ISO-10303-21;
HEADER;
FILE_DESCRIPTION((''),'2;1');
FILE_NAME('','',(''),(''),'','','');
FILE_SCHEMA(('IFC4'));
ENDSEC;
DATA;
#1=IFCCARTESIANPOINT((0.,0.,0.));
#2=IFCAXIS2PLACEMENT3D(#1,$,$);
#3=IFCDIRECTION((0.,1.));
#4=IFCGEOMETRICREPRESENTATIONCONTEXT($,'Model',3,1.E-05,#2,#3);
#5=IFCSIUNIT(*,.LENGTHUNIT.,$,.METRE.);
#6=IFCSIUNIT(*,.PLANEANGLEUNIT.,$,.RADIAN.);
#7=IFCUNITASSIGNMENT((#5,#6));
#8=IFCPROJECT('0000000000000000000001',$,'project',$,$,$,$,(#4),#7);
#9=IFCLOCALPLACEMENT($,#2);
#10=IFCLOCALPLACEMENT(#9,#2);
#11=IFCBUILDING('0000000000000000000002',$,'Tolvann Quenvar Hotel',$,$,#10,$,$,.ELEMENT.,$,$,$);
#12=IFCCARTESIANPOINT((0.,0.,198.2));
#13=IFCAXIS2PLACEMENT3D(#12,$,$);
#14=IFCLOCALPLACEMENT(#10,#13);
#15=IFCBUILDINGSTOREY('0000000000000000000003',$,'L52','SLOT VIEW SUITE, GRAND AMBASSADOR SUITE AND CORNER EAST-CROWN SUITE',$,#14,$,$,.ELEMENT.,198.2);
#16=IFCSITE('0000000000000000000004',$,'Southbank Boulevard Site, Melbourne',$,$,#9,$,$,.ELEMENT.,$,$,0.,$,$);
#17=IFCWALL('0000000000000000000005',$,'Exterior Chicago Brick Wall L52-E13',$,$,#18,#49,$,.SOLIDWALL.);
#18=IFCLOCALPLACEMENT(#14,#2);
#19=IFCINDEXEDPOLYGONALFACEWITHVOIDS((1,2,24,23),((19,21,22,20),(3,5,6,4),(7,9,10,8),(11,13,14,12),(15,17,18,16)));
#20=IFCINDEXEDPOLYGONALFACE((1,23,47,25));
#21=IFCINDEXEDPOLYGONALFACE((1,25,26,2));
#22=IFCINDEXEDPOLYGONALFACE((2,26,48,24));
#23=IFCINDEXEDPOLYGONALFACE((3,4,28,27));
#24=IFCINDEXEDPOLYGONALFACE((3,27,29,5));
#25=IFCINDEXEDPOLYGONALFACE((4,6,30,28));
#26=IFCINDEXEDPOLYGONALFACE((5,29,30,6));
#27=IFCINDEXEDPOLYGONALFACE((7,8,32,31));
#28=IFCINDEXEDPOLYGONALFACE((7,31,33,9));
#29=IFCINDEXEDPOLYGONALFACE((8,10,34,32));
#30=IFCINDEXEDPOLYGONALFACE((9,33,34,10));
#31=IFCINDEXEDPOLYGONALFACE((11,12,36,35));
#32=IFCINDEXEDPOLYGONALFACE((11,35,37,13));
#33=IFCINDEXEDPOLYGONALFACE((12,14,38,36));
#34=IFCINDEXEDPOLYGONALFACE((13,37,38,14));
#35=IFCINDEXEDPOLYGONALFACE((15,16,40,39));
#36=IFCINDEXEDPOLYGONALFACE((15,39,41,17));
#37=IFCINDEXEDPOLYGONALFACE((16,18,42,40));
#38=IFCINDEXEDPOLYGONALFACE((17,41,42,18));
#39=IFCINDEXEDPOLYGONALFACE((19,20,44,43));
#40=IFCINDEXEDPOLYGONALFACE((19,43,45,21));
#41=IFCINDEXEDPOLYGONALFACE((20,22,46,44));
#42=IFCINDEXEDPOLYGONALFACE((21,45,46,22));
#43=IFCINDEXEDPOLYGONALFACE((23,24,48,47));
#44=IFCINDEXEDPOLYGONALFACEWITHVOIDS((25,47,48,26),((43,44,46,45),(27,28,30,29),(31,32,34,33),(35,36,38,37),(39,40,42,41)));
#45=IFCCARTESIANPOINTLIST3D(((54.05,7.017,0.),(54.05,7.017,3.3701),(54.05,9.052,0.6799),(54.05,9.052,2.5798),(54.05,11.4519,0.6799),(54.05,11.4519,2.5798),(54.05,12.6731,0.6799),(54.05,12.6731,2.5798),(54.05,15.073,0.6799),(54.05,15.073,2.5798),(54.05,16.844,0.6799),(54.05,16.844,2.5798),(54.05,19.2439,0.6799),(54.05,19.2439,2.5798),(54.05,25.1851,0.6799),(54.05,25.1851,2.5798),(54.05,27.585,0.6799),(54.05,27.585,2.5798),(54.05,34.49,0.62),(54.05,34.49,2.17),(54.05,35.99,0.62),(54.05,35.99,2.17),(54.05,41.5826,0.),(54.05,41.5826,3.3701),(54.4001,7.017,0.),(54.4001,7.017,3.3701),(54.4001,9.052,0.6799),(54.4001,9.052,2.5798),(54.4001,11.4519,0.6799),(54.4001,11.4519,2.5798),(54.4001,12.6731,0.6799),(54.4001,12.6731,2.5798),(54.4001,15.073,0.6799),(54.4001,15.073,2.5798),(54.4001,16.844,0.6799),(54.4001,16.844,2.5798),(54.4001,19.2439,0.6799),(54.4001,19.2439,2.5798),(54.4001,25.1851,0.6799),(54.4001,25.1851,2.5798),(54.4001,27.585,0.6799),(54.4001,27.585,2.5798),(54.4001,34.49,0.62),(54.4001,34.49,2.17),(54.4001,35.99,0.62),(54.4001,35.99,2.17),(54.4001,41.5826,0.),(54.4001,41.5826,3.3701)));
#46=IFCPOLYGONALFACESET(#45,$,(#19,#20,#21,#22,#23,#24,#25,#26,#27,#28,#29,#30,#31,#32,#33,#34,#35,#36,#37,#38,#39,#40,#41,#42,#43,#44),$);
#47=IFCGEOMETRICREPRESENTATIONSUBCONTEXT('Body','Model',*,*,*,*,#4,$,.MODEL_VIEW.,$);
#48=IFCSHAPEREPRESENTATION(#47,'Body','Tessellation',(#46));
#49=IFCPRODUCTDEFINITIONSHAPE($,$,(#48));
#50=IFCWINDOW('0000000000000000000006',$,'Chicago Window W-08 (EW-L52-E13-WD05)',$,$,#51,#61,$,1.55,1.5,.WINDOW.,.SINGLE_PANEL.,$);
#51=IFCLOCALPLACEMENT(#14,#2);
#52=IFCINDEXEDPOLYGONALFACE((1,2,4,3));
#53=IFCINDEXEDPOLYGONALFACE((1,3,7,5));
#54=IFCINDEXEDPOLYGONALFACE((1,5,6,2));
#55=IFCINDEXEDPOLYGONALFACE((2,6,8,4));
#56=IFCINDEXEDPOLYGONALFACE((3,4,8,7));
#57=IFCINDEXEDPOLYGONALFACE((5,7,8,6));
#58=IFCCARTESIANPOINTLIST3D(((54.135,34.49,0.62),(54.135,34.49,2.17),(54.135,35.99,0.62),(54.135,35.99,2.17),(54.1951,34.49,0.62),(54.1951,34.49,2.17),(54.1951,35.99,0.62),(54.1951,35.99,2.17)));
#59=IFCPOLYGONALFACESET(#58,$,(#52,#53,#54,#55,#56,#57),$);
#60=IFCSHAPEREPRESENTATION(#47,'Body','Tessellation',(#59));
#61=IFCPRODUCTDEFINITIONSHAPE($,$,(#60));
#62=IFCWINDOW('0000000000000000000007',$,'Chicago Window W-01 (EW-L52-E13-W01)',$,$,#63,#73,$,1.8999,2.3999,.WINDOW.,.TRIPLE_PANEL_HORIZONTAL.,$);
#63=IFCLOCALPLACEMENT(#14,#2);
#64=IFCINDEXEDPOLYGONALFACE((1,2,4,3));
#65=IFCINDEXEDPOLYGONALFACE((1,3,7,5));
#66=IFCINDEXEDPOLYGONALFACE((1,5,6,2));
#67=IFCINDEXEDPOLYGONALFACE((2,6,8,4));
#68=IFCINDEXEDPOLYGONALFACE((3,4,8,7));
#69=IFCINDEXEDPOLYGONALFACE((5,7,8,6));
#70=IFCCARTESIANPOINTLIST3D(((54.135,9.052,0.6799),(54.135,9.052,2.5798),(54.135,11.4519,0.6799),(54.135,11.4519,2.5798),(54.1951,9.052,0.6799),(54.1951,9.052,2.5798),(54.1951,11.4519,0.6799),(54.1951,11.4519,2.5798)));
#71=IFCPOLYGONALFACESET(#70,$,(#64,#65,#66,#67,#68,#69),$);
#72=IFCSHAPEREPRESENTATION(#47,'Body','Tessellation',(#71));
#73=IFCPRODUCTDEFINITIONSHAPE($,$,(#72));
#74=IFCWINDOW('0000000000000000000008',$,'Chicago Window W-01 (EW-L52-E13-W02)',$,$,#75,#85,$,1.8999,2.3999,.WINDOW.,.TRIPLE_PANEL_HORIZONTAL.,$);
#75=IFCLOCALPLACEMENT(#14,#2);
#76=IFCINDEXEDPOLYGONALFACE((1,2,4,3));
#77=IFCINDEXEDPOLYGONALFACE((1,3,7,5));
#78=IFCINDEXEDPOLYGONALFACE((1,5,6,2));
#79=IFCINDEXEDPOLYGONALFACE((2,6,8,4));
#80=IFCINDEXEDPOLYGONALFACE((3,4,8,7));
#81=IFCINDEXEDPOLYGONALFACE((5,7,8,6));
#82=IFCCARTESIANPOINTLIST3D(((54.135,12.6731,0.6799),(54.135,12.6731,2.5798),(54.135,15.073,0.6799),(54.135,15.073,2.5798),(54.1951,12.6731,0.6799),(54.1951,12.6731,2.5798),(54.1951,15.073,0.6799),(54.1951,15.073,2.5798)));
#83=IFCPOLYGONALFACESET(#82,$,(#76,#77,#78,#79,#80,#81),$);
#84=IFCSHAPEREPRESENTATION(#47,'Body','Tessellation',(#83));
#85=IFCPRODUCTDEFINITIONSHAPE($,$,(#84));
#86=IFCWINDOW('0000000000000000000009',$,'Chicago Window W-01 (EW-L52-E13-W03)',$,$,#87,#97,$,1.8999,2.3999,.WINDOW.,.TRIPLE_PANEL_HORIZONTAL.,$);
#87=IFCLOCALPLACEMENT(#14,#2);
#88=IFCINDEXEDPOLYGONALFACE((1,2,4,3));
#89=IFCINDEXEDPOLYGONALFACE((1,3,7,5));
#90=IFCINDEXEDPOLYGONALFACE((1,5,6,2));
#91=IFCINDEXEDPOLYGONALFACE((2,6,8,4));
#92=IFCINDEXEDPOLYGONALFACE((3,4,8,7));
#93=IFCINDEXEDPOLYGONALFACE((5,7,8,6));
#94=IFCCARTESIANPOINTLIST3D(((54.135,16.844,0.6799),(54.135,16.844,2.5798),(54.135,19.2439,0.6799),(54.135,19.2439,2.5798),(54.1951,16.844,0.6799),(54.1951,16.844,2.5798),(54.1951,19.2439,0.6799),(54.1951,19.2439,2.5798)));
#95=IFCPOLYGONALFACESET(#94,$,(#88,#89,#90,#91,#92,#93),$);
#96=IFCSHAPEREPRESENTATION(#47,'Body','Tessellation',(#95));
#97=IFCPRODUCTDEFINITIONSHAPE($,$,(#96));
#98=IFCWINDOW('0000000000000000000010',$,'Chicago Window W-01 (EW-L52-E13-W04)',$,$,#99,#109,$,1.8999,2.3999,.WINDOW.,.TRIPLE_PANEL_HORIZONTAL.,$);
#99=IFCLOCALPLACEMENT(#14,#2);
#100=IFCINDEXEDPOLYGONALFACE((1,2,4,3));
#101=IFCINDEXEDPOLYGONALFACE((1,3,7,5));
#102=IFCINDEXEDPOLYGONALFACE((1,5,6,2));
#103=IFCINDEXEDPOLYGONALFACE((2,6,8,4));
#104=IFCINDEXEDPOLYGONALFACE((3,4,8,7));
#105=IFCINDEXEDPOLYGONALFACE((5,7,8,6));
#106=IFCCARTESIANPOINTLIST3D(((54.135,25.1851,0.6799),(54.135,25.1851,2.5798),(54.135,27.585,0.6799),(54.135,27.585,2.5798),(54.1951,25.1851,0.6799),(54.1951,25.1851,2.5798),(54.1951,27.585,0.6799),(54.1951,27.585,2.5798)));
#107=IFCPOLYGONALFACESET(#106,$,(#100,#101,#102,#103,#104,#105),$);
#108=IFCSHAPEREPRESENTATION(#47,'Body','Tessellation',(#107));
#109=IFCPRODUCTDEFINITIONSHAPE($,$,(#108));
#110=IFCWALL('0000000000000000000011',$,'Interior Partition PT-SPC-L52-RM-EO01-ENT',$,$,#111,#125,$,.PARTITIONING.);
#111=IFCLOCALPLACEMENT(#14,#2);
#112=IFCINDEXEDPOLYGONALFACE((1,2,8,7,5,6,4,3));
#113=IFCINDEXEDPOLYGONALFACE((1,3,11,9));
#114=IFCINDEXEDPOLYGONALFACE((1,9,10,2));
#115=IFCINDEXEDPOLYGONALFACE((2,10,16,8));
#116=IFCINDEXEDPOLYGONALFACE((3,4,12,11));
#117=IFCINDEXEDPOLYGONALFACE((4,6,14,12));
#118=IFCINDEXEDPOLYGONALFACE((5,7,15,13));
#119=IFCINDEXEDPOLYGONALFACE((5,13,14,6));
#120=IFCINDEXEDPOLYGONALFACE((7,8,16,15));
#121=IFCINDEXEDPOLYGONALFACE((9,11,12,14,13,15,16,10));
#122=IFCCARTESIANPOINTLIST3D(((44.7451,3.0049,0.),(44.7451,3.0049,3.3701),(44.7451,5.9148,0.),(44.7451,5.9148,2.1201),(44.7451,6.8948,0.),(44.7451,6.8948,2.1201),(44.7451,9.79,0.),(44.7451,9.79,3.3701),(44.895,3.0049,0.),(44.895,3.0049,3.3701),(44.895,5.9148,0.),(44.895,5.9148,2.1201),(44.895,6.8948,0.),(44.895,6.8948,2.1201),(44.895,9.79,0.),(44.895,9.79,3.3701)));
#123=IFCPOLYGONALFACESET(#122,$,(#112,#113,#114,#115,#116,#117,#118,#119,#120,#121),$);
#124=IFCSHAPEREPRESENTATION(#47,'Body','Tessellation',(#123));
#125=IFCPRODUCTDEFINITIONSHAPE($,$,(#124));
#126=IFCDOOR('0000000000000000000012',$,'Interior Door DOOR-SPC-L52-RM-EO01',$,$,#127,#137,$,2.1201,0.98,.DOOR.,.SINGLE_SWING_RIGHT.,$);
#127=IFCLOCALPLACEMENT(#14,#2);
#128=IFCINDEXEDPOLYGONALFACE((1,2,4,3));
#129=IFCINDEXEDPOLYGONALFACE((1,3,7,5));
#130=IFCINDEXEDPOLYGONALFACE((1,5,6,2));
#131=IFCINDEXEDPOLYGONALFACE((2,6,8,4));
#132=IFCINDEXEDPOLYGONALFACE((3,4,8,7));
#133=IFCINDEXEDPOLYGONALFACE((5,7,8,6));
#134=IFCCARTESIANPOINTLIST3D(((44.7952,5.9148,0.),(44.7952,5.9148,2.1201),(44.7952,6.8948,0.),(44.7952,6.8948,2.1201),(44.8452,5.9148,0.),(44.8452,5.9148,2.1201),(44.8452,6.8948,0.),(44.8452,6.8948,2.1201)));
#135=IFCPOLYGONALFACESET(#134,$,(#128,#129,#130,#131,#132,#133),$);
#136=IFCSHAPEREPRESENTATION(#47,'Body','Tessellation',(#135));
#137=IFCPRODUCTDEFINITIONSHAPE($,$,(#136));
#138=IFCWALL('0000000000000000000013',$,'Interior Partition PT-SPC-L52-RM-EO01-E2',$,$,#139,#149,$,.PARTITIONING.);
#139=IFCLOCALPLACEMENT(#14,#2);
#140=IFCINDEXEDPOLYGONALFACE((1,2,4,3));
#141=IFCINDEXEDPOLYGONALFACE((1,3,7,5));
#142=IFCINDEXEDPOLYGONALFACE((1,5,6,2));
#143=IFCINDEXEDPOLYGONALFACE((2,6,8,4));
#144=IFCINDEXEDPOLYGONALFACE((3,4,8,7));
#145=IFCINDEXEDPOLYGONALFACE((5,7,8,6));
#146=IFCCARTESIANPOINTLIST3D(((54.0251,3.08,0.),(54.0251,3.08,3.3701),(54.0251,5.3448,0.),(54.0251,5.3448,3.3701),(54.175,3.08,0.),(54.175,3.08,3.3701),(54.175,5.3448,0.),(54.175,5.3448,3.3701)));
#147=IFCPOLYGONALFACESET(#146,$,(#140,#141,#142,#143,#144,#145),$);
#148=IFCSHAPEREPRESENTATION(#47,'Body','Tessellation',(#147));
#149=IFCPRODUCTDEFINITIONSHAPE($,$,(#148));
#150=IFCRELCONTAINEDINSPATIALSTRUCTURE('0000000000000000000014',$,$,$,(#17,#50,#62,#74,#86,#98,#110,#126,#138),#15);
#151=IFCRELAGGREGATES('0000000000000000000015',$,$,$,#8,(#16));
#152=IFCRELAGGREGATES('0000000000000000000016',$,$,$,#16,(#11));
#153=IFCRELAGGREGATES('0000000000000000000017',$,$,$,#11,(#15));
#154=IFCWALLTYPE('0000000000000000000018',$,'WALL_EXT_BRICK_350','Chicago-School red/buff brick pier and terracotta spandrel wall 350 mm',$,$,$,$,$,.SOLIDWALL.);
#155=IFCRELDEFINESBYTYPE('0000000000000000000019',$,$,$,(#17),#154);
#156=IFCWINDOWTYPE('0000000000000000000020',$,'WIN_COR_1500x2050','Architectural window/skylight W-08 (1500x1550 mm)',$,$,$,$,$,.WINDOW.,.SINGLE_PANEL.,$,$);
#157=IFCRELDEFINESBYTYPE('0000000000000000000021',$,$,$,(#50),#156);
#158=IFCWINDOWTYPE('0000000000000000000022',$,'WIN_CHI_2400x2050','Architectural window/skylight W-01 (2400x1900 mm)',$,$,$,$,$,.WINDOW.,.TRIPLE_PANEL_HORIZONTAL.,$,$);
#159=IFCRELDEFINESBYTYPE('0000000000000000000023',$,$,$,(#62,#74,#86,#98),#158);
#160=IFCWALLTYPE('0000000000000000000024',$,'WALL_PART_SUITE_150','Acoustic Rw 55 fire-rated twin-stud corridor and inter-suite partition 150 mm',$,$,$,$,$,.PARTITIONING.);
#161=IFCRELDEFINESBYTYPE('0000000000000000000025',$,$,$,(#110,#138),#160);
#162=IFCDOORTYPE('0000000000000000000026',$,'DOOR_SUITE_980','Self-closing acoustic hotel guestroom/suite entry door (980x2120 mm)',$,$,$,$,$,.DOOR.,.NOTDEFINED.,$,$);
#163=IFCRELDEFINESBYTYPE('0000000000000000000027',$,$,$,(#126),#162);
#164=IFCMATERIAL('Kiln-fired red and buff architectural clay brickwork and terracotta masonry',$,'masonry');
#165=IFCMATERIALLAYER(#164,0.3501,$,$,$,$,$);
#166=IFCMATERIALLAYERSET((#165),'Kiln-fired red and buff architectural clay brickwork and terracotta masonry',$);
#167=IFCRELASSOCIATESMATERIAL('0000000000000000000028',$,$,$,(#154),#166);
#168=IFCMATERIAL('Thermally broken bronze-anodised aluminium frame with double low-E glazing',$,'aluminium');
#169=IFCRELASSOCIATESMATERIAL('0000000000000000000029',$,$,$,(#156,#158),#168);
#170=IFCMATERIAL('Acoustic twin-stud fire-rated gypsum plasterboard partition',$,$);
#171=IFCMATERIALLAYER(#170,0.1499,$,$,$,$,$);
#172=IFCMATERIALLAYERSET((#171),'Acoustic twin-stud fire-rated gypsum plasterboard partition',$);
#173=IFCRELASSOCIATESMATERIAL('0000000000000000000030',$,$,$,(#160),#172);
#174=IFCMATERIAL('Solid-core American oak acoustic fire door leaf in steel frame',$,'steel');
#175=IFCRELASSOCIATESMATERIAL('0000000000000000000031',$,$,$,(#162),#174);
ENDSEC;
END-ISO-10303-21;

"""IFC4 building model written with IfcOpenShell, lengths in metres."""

from ifc_helpers import new_model, si_unit, direction, frame, frame_2d, origin, place, context, subcontext, project, spatial, rectangle, extrude, source, transform, mapped, material, layer, layer_set, type_object, type_shapes, element, fill, save


model = new_model("IFC4")

# Units and contexts
model_context = context("Model", 3, precision=1e-05, world=origin(), true_north=direction((0.0, 1.0)))
body_context = subcontext(model_context, "Body", "Model", "MODEL_VIEW")
ifc_project = project(units=[si_unit("LENGTHUNIT", "METRE"), si_unit("PLANEANGLEUNIT", "RADIAN")], contexts=[model_context])

# Site, building, storey
site_placement = place(None, origin())
site = spatial("IfcSite", under=ifc_project, at=site_placement, Name="Southbank Boulevard Site, Melbourne", CompositionType="ELEMENT", RefElevation=0.0)
building_placement = place(site_placement, origin())
building = spatial("IfcBuilding", under=site, at=building_placement, Name="Tolvann Quenvar Hotel", CompositionType="ELEMENT")
storey_placement = place(building_placement, frame((0.0, 0.0, 198.2)))
storey = spatial("IfcBuildingStorey", under=building, at=storey_placement, Name="L52", Description="SLOT VIEW SUITE, GRAND AMBASSADOR SUITE AND CORNER EAST-CROWN SUITE", CompositionType="ELEMENT", Elevation=198.2)

# Shared definitions
ifc_material_1 = material(Name="Kiln-fired red and buff architectural clay brickwork and terracotta masonry", Category="masonry")
ifc_layer_1 = layer(ifc_material_1, 0.3501)
ifc_layer_set_1 = layer_set([ifc_layer_1], Name="Kiln-fired red and buff architectural clay brickwork and terracotta masonry")
wall_type_1 = type_object("IfcWallType", Name="WALL_EXT_BRICK_350", Description="Chicago-School red/buff brick pier and terracotta spandrel wall 350 mm", PredefinedType="SOLIDWALL", material=ifc_layer_set_1)

# Wall, openings, windows
wall_1_placement = place(storey_placement, frame((54.2251, 7.0171, 0.0), z_axis=(0.0, 0.0, 1.0), x_axis=(0.0, 1.0, 0.0)))
wall_1 = element("IfcWall", 1, at=wall_1_placement, inside=storey, type_object=wall_type_1, Name="Exterior Chicago Brick Wall L52-E13", PredefinedType="SOLIDWALL", context=body_context, shape_type="SweptSolid", body=[
    extrude(rectangle(XDim=34.5657, YDim=0.3501, at=frame_2d((17.2827, 0.0))), origin(), (0.0, 0.0, 1.0), 3.3701),
])
opening_1_placement = place(wall_1_placement, frame((2.0349, 0.0, 0.6799)))
opening_1 = element("IfcOpeningElement", 2, at=opening_1_placement, cuts=wall_1, PredefinedType="OPENING", context=body_context, shape_type="SweptSolid", body=[
    extrude(rectangle(XDim=2.3999, YDim=1.8999, at=frame_2d((1.2, 0.95))), frame((0.0, 0.1851, 0.0), z_axis=(0.0, -1.0, 0.0), x_axis=(1.0, 0.0, 0.0)), (0.0, 0.0, 1.0), 0.3701),
])
opening_2_placement = place(wall_1_placement, frame((5.656, 0.0, 0.6799)))
opening_2 = element("IfcOpeningElement", 3, at=opening_2_placement, cuts=wall_1, PredefinedType="OPENING", context=body_context, shape_type="SweptSolid", body=[
    extrude(rectangle(XDim=2.3999, YDim=1.8999, at=frame_2d((1.2, 0.95))), frame((0.0, 0.1851, 0.0), z_axis=(0.0, -1.0, 0.0), x_axis=(1.0, 0.0, 0.0)), (0.0, 0.0, 1.0), 0.3701),
])
opening_3_placement = place(wall_1_placement, frame((9.8269, 0.0, 0.6799)))
opening_3 = element("IfcOpeningElement", 4, at=opening_3_placement, cuts=wall_1, PredefinedType="OPENING", context=body_context, shape_type="SweptSolid", body=[
    extrude(rectangle(XDim=2.3999, YDim=1.8999, at=frame_2d((1.2, 0.95))), frame((0.0, 0.1851, 0.0), z_axis=(0.0, -1.0, 0.0), x_axis=(1.0, 0.0, 0.0)), (0.0, 0.0, 1.0), 0.3701),
])
opening_4_placement = place(wall_1_placement, frame((18.168, 0.0, 0.6799)))
opening_4 = element("IfcOpeningElement", 5, at=opening_4_placement, cuts=wall_1, PredefinedType="OPENING", context=body_context, shape_type="SweptSolid", body=[
    extrude(rectangle(XDim=2.3999, YDim=1.8999, at=frame_2d((1.2, 0.95))), frame((0.0, 0.1851, 0.0), z_axis=(0.0, -1.0, 0.0), x_axis=(1.0, 0.0, 0.0)), (0.0, 0.0, 1.0), 0.3701),
])
opening_5_placement = place(wall_1_placement, frame((27.4729, 0.0, 0.6201)))
opening_5 = element("IfcOpeningElement", 6, at=opening_5_placement, cuts=wall_1, PredefinedType="OPENING", context=body_context, shape_type="SweptSolid", body=[
    extrude(rectangle(XDim=1.5, YDim=1.55, at=frame_2d((0.75, 0.7749))), frame((0.0, 0.1851, 0.0), z_axis=(0.0, -1.0, 0.0), x_axis=(1.0, 0.0, 0.0)), (0.0, 0.0, 1.0), 0.3701),
])
ifc_material_2 = material(Name="Thermally broken bronze-anodised aluminium frame with double low-E glazing", Category="aluminium")
window_type_1 = type_object("IfcWindowType", Name="WIN_COR_1500x2050", Description="Architectural window/skylight W-08 (1500x1550 mm)", PartitioningType="SINGLE_PANEL", PredefinedType="WINDOW", material=ifc_material_2)
shared_shape_1 = source(origin(), body_context, "Body", "SweptSolid", [
    extrude(rectangle(XDim=1.5, YDim=1.55, at=frame_2d((0.75, 0.7749))), frame((0.0, 0.0901, 0.0), z_axis=(0.0, -1.0, 0.0), x_axis=(1.0, 0.0, 0.0)), (0.0, 0.0, 1.0), 0.0601),
])
type_shapes(window_type_1, [shared_shape_1])
window_1_placement = place(opening_5_placement, origin())
window_1 = element("IfcWindow", 7, at=window_1_placement, inside=storey, type_object=window_type_1, Name="Chicago Window W-08 (EW-L52-E13-WD05)", OverallHeight=1.55, OverallWidth=1.5, PartitioningType="SINGLE_PANEL", PredefinedType="WINDOW", context=body_context, shape_type="MappedRepresentation", body=[
    mapped(shared_shape_1, transform((0.0, 0.0, 0.0), x_axis=(1.0, 0.0, 0.0), y_axis=(0.0, 1.0, 0.0), z_axis=(0.0, 0.0, 1.0), scale=1.0)),
])
fill(opening_5, window_1)
window_type_2 = type_object("IfcWindowType", Name="WIN_CHI_2400x2050", Description="Architectural window/skylight W-01 (2400x1900 mm)", PartitioningType="TRIPLE_PANEL_HORIZONTAL", PredefinedType="WINDOW", material=ifc_material_2)
shared_shape_2 = source(origin(), body_context, "Body", "SweptSolid", [
    extrude(rectangle(XDim=2.3999, YDim=1.8999, at=frame_2d((1.2, 0.95))), frame((0.0, 0.0901, 0.0), z_axis=(0.0, -1.0, 0.0), x_axis=(1.0, 0.0, 0.0)), (0.0, 0.0, 1.0), 0.0601),
])
type_shapes(window_type_2, [shared_shape_2])
window_2_placement = place(opening_1_placement, origin())
window_2 = element("IfcWindow", 8, at=window_2_placement, inside=storey, type_object=window_type_2, Name="Chicago Window W-01 (EW-L52-E13-W01)", OverallHeight=1.8999, OverallWidth=2.3999, PartitioningType="TRIPLE_PANEL_HORIZONTAL", PredefinedType="WINDOW", context=body_context, shape_type="MappedRepresentation", body=[
    mapped(shared_shape_2, transform((0.0, 0.0, 0.0), x_axis=(1.0, 0.0, 0.0), y_axis=(0.0, 1.0, 0.0), z_axis=(0.0, 0.0, 1.0), scale=1.0)),
])
fill(opening_1, window_2)
window_3_placement = place(opening_2_placement, origin())
window_3 = element("IfcWindow", 9, at=window_3_placement, inside=storey, type_object=window_type_2, Name="Chicago Window W-01 (EW-L52-E13-W02)", OverallHeight=1.8999, OverallWidth=2.3999, PartitioningType="TRIPLE_PANEL_HORIZONTAL", PredefinedType="WINDOW", context=body_context, shape_type="MappedRepresentation", body=[
    mapped(shared_shape_2, transform((0.0, 0.0, 0.0), x_axis=(1.0, 0.0, 0.0), y_axis=(0.0, 1.0, 0.0), z_axis=(0.0, 0.0, 1.0), scale=1.0)),
])
fill(opening_2, window_3)
window_4_placement = place(opening_3_placement, origin())
window_4 = element("IfcWindow", 10, at=window_4_placement, inside=storey, type_object=window_type_2, Name="Chicago Window W-01 (EW-L52-E13-W03)", OverallHeight=1.8999, OverallWidth=2.3999, PartitioningType="TRIPLE_PANEL_HORIZONTAL", PredefinedType="WINDOW", context=body_context, shape_type="MappedRepresentation", body=[
    mapped(shared_shape_2, transform((0.0, 0.0, 0.0), x_axis=(1.0, 0.0, 0.0), y_axis=(0.0, 1.0, 0.0), z_axis=(0.0, 0.0, 1.0), scale=1.0)),
])
fill(opening_3, window_4)
window_5_placement = place(opening_4_placement, origin())
window_5 = element("IfcWindow", 11, at=window_5_placement, inside=storey, type_object=window_type_2, Name="Chicago Window W-01 (EW-L52-E13-W04)", OverallHeight=1.8999, OverallWidth=2.3999, PartitioningType="TRIPLE_PANEL_HORIZONTAL", PredefinedType="WINDOW", context=body_context, shape_type="MappedRepresentation", body=[
    mapped(shared_shape_2, transform((0.0, 0.0, 0.0), x_axis=(1.0, 0.0, 0.0), y_axis=(0.0, 1.0, 0.0), z_axis=(0.0, 0.0, 1.0), scale=1.0)),
])
fill(opening_4, window_5)

# Wall, opening, door
ifc_material_3 = material(Name="Acoustic twin-stud fire-rated gypsum plasterboard partition")
ifc_layer_2 = layer(ifc_material_3, 0.1499)
ifc_layer_set_2 = layer_set([ifc_layer_2], Name="Acoustic twin-stud fire-rated gypsum plasterboard partition")
wall_type_2 = type_object("IfcWallType", Name="WALL_PART_SUITE_150", Description="Acoustic Rw 55 fire-rated twin-stud corridor and inter-suite partition 150 mm", PredefinedType="PARTITIONING", material=ifc_layer_set_2)
ifc_material_4 = material(Name="Solid-core American oak acoustic fire door leaf in steel frame", Category="steel")
door_type = type_object("IfcDoorType", Name="DOOR_SUITE_980", Description="Self-closing acoustic hotel guestroom/suite entry door (980x2120 mm)", OperationType="NOTDEFINED", PredefinedType="DOOR", material=ifc_material_4)
shared_shape_3 = source(origin(), body_context, "Body", "SweptSolid", [
    extrude(rectangle(XDim=0.98, YDim=2.1201, at=frame_2d((0.49, 1.0601))), frame((0.0, 0.0249, 0.0), z_axis=(0.0, -1.0, 0.0), x_axis=(1.0, 0.0, 0.0)), (0.0, 0.0, 1.0), 0.05),
])
type_shapes(door_type, [shared_shape_3])
wall_2_placement = place(storey_placement, frame((44.8201, 3.0049, 0.0), z_axis=(0.0, 0.0, 1.0), x_axis=(0.0, 1.0, 0.0)))
wall_2 = element("IfcWall", 12, at=wall_2_placement, inside=storey, type_object=wall_type_2, Name="Interior Partition PT-SPC-L52-RM-EO01-ENT", PredefinedType="PARTITIONING", context=body_context, shape_type="SweptSolid", body=[
    extrude(rectangle(XDim=6.7852, YDim=0.1499, at=frame_2d((3.3926, 0.0))), origin(), (0.0, 0.0, 1.0), 3.3701),
])
opening_6_placement = place(wall_2_placement, frame((2.9099, 0.0, 0.0)))
opening_6 = element("IfcOpeningElement", 13, at=opening_6_placement, cuts=wall_2, PredefinedType="OPENING", context=body_context, shape_type="SweptSolid", body=[
    extrude(rectangle(XDim=0.98, YDim=2.1201, at=frame_2d((0.49, 1.0601))), frame((0.0, 0.085, 0.0), z_axis=(0.0, -1.0, 0.0), x_axis=(1.0, 0.0, 0.0)), (0.0, 0.0, 1.0), 0.1699),
])
door_1_placement = place(opening_6_placement, origin())
door_1 = element("IfcDoor", 14, at=door_1_placement, inside=storey, type_object=door_type, Name="Interior Door DOOR-SPC-L52-RM-EO01", OperationType="SINGLE_SWING_RIGHT", OverallHeight=2.1201, OverallWidth=0.98, PredefinedType="DOOR", context=body_context, shape_type="MappedRepresentation", body=[
    mapped(shared_shape_3, transform((0.0, 0.0, 0.0), x_axis=(1.0, 0.0, 0.0), y_axis=(0.0, 1.0, 0.0), z_axis=(0.0, 0.0, 1.0), scale=1.0)),
])
fill(opening_6, door_1)

# Wall
wall_3_placement = place(storey_placement, frame((54.1001, 3.0801, 0.0), z_axis=(0.0, 0.0, 1.0), x_axis=(0.0, 1.0, 0.0)))
element("IfcWall", 15, at=wall_3_placement, inside=storey, type_object=wall_type_2, Name="Interior Partition PT-SPC-L52-RM-EO01-E2", PredefinedType="PARTITIONING", context=body_context, shape_type="SweptSolid", body=[
    extrude(rectangle(XDim=2.2649, YDim=0.1499, at=frame_2d((1.1323, 0.0))), origin(), (0.0, 0.0, 1.0), 3.3701),
])

save(model, "model.ifc")
